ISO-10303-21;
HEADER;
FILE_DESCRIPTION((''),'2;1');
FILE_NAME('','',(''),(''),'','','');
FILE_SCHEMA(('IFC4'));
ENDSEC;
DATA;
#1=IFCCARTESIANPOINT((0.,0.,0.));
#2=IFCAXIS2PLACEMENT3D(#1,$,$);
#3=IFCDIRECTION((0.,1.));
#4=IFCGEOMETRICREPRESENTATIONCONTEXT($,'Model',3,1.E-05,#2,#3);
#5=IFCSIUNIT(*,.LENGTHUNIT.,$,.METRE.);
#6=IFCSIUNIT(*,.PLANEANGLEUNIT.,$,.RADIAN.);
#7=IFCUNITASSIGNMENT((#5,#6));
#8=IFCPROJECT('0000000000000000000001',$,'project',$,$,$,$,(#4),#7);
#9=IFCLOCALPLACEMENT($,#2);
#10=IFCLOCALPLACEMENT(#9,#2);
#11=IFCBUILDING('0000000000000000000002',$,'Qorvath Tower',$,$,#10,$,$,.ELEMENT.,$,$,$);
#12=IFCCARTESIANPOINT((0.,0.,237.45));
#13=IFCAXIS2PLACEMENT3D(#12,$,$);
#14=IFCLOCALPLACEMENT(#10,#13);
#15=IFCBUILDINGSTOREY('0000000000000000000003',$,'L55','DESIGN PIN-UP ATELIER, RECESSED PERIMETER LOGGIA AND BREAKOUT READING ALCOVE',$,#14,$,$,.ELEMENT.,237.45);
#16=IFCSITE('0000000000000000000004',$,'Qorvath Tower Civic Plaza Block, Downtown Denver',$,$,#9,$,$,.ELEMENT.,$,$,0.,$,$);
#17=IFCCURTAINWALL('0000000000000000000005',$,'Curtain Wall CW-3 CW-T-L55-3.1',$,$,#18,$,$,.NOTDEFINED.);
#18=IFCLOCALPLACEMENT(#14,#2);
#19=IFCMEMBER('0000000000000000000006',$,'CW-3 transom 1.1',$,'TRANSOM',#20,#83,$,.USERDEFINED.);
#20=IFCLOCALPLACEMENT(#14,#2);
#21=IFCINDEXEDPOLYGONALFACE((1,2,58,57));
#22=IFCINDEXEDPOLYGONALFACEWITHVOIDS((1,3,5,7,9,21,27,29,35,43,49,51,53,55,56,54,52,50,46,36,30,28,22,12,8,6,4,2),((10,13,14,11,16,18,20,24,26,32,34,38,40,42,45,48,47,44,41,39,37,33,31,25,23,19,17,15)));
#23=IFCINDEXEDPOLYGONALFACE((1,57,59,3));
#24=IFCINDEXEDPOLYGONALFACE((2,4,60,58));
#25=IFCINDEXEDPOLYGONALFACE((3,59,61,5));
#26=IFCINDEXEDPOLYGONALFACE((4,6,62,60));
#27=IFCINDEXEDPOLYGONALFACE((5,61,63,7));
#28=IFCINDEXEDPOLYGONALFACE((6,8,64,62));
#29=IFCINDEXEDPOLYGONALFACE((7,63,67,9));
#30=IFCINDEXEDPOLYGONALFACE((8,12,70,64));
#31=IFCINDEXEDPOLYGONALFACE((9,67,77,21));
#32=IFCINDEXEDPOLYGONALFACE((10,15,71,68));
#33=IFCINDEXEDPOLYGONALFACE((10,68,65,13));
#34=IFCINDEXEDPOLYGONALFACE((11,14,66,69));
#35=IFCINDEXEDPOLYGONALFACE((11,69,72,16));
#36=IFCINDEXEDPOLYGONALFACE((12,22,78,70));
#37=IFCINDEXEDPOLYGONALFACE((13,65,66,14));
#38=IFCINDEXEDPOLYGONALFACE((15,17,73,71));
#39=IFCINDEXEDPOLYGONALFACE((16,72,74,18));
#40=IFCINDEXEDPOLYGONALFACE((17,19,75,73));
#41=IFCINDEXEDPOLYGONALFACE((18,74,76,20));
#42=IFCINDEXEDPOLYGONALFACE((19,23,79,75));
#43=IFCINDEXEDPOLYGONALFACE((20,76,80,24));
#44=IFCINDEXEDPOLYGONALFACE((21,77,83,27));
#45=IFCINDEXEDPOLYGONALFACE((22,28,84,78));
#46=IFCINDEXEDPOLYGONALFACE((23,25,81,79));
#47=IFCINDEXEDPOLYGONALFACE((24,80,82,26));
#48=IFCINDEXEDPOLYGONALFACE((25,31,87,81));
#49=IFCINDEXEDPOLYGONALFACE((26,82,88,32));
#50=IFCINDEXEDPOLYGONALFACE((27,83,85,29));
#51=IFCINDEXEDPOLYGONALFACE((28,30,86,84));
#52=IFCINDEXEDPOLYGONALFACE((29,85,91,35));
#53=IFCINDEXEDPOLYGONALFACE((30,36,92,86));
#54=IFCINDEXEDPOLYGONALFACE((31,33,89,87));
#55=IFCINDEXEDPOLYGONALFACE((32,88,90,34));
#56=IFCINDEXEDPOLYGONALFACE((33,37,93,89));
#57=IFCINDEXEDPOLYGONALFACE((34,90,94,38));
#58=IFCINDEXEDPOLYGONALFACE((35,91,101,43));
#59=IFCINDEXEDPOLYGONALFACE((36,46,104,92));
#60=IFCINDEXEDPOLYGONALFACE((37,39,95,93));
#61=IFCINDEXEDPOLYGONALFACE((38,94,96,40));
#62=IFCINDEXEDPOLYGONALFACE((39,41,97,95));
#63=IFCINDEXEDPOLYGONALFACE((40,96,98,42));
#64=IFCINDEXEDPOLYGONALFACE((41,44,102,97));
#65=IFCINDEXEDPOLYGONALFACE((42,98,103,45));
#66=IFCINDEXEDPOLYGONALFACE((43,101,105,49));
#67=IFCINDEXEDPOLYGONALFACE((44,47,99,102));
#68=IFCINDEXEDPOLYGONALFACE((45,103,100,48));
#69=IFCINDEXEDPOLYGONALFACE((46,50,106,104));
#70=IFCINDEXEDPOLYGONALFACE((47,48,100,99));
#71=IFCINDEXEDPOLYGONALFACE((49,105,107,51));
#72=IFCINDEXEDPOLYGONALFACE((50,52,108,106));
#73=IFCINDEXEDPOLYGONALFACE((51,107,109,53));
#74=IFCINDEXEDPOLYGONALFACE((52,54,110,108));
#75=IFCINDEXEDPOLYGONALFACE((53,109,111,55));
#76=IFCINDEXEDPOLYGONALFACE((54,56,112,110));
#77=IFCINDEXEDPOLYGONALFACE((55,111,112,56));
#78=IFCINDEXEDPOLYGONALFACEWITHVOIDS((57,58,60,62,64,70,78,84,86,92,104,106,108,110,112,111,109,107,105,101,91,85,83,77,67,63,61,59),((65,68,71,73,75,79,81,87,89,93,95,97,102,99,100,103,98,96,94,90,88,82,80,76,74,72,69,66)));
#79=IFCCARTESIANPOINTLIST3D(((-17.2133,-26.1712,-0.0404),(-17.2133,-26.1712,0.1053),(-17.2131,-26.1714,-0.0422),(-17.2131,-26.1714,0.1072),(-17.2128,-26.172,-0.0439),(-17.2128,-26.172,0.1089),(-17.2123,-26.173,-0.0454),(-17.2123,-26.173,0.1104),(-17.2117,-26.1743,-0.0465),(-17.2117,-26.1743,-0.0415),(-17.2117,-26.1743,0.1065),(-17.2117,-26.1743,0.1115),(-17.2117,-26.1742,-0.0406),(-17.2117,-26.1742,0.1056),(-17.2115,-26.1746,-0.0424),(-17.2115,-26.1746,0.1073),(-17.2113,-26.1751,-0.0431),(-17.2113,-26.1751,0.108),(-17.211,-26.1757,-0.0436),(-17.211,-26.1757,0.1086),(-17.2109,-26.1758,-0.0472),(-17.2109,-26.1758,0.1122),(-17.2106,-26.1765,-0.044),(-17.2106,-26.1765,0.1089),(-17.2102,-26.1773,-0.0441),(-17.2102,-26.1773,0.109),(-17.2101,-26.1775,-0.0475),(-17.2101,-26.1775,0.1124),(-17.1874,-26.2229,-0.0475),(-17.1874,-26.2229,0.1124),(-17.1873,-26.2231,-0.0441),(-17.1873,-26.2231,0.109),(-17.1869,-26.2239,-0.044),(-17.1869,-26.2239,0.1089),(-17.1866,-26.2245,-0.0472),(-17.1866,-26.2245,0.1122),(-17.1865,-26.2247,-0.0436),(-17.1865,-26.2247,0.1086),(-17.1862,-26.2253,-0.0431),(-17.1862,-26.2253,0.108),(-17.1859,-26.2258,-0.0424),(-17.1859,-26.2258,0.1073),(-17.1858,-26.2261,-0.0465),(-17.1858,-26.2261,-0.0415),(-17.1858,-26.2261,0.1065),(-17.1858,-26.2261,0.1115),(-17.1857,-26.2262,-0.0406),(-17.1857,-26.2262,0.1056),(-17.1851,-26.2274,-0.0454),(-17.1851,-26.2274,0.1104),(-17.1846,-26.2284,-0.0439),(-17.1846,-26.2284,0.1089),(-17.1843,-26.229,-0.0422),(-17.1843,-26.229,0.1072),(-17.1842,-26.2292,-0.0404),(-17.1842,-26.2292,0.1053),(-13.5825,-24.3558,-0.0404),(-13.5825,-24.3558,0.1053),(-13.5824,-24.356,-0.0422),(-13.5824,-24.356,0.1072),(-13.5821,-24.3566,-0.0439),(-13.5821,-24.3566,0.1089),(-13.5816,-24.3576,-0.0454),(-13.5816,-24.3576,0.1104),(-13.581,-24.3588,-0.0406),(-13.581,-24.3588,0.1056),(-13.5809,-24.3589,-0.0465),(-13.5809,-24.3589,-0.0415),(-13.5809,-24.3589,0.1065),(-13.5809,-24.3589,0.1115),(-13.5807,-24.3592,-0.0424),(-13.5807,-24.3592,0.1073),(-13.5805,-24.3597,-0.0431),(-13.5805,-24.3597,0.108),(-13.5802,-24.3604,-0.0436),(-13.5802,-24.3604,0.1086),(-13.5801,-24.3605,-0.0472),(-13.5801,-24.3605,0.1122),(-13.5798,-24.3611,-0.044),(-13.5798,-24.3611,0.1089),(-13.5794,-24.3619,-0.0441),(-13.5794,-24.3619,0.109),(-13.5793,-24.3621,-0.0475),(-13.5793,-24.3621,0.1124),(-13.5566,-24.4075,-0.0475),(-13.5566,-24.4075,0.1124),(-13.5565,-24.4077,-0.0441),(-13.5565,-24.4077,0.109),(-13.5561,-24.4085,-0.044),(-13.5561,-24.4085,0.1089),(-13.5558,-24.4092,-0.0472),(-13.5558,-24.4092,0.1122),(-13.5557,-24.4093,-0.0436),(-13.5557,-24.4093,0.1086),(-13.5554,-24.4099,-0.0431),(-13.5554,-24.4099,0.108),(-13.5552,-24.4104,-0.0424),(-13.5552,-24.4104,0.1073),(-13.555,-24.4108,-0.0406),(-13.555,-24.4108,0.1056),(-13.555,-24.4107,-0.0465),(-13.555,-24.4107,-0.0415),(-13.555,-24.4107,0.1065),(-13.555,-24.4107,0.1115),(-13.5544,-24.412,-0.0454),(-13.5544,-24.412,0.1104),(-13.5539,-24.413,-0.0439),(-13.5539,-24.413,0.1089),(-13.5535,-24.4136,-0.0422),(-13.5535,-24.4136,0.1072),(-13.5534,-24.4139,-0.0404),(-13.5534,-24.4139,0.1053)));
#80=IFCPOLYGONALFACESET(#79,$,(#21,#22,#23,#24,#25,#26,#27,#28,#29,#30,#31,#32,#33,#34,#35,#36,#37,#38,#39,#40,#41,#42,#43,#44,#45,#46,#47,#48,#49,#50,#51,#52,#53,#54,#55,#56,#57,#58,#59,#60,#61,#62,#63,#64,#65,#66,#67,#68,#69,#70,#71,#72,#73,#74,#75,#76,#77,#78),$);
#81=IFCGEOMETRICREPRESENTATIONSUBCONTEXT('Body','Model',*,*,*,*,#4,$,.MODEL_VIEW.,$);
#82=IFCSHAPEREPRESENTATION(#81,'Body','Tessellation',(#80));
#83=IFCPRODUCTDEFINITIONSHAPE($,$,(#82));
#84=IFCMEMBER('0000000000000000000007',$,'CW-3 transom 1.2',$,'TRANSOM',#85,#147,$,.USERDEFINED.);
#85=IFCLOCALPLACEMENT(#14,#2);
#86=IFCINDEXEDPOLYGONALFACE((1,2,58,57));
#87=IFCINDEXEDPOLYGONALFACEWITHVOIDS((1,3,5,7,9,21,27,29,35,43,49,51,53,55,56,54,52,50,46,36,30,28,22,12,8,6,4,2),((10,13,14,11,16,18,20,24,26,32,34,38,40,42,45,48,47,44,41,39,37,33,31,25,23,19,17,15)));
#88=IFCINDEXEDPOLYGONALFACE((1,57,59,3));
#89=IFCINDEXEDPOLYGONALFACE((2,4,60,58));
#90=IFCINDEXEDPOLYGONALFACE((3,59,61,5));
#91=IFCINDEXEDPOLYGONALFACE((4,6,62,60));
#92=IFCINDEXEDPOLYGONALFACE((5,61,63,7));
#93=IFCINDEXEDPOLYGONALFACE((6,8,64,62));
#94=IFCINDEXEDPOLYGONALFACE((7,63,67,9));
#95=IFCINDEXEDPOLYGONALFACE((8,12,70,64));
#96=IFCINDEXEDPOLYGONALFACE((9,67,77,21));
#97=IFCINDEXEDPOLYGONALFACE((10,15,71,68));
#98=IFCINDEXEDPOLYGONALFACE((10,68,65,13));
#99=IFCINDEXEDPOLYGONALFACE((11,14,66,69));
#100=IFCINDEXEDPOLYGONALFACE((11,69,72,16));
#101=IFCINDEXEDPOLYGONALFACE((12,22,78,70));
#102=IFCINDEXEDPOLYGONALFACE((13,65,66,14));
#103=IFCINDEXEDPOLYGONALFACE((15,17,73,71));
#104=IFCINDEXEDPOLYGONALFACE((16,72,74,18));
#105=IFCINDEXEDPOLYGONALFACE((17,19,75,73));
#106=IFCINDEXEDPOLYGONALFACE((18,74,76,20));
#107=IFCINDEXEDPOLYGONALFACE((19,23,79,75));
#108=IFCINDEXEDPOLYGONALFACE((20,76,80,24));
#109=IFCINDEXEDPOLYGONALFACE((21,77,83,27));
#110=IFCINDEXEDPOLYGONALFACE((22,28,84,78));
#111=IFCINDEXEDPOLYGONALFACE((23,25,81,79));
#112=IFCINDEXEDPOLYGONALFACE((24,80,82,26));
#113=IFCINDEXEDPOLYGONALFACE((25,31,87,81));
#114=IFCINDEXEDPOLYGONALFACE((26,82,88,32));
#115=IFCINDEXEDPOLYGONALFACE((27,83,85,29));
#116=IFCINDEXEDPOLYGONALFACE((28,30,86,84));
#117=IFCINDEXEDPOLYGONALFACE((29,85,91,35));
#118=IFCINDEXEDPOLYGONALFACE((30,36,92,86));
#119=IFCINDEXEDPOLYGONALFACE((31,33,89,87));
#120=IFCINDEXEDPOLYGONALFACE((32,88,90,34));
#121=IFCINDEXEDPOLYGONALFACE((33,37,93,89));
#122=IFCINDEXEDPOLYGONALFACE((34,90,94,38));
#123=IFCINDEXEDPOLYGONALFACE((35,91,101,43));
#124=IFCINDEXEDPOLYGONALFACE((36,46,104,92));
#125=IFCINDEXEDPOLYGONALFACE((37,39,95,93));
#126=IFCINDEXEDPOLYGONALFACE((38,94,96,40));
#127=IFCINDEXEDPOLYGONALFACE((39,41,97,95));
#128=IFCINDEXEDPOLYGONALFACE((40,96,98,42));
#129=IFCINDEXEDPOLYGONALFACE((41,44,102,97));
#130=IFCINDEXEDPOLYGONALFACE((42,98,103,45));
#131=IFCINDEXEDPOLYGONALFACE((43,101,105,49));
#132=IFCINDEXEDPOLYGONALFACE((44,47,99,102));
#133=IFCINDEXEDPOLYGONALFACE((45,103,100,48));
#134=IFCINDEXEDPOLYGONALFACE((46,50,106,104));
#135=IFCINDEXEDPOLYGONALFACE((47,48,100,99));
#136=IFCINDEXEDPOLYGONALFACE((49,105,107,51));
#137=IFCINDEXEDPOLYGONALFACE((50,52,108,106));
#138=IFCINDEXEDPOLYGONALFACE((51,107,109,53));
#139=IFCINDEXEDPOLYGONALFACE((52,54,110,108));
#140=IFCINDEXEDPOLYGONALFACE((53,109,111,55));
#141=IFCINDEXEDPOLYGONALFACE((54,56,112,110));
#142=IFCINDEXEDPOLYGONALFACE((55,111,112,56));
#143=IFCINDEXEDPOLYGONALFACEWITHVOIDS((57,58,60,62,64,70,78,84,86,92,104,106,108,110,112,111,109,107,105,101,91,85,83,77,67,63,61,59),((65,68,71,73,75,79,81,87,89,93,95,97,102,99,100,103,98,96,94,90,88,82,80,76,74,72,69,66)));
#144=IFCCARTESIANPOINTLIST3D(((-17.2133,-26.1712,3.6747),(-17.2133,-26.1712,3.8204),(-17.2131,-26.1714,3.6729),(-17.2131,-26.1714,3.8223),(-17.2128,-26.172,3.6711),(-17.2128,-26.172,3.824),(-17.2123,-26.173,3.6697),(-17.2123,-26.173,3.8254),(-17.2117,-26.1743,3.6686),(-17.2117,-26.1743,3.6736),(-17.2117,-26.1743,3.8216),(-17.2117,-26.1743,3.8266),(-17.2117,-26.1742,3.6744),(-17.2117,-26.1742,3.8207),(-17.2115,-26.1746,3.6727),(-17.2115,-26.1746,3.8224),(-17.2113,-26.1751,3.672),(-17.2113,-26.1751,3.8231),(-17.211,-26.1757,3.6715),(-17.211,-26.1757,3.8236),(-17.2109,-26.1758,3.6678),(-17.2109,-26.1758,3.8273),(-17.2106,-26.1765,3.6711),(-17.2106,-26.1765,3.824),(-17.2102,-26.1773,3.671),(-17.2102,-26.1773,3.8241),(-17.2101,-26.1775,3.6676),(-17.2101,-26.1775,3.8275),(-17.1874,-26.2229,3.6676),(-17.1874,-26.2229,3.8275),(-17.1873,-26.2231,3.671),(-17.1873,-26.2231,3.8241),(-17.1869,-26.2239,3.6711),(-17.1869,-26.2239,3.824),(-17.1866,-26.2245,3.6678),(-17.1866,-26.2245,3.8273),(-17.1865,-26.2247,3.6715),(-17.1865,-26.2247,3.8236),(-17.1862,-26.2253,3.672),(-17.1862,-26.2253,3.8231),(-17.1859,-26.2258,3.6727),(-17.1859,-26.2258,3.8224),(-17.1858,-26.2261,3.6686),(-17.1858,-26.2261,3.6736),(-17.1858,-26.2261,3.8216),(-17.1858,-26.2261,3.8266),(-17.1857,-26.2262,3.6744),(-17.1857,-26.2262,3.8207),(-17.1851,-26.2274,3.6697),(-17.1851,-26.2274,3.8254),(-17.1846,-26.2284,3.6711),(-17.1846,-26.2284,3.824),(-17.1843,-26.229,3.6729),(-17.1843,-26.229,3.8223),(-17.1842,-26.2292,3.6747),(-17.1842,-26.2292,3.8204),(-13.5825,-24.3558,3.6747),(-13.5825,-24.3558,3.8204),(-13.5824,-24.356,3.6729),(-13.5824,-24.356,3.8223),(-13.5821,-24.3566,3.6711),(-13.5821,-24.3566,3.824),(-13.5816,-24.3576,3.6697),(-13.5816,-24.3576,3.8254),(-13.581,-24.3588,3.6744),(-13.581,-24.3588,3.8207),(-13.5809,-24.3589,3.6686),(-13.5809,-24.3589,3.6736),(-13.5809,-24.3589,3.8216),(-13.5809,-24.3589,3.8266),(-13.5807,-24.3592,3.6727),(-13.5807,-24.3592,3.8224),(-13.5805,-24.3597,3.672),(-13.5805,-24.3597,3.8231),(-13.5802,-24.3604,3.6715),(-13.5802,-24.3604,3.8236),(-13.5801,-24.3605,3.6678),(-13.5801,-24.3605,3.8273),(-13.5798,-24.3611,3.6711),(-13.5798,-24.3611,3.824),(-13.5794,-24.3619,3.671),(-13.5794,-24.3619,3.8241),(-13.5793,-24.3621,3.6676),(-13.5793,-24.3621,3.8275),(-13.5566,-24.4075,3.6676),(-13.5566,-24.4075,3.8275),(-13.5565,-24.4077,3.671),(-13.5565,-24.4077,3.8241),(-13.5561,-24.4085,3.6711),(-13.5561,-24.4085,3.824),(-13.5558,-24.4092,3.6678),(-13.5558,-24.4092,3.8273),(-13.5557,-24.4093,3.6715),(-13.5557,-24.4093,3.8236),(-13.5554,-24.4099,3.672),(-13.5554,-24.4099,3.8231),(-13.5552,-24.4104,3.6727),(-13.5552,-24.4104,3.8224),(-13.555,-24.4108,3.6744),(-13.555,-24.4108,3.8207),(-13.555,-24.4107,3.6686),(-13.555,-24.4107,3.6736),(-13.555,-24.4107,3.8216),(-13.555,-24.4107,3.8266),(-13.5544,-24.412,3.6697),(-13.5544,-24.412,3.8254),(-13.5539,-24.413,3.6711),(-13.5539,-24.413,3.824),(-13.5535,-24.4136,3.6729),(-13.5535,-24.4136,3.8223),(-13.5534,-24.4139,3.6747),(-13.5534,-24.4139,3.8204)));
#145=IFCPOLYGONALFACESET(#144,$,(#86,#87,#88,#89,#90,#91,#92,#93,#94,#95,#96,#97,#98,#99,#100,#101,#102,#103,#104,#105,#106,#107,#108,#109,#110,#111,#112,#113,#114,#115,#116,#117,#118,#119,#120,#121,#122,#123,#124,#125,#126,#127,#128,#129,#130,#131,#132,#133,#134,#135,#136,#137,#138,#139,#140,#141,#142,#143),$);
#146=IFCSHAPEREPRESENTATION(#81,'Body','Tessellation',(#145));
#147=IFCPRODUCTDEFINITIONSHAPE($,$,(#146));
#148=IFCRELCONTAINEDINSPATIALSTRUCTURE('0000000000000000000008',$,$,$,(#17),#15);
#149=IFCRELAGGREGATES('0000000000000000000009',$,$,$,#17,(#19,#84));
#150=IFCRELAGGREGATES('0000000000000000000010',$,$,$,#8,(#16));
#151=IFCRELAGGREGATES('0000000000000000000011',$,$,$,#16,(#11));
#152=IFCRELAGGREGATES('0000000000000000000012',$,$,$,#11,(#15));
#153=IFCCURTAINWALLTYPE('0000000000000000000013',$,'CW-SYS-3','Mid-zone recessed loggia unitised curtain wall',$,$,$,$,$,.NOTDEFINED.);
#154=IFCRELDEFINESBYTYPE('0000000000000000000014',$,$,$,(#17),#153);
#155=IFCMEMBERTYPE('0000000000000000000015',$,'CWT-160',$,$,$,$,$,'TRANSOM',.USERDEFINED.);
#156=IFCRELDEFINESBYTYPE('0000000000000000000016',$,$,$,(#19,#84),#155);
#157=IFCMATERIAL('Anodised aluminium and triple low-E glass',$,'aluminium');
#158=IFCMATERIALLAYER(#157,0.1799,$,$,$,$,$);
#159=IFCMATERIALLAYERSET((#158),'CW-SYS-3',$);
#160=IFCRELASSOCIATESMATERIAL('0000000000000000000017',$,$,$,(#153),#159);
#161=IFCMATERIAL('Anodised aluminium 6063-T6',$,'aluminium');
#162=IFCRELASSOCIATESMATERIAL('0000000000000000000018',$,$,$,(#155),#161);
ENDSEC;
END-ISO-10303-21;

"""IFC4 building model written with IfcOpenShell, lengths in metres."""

from ifc_helpers import new_model, si_unit, direction, frame, origin, origin_2d, place, context, subcontext, project, spatial, hollow_rectangle, extrude, material, layer, layer_set, material_profile, profile_set, type_object, element, aggregate, save


model = new_model("IFC4")

# Units and contexts
model_context = context("Model", 3, precision=1e-05, world=origin(), true_north=direction((0.0, 1.0)))
body_context = subcontext(model_context, "Body", "Model", "MODEL_VIEW")
ifc_project = project(units=[si_unit("LENGTHUNIT", "METRE"), si_unit("PLANEANGLEUNIT", "RADIAN")], contexts=[model_context])

# Site, building, storey
site_placement = place(None, origin())
site = spatial("IfcSite", under=ifc_project, at=site_placement, Name="Qorvath Tower Civic Plaza Block, Downtown Denver", CompositionType="ELEMENT", RefElevation=0.0)
building_placement = place(site_placement, origin())
building = spatial("IfcBuilding", under=site, at=building_placement, Name="Qorvath Tower", CompositionType="ELEMENT")
storey_placement = place(building_placement, frame((0.0, 0.0, 237.45)))
storey = spatial("IfcBuildingStorey", under=building, at=storey_placement, Name="L55", Description="DESIGN PIN-UP ATELIER, RECESSED PERIMETER LOGGIA AND BREAKOUT READING ALCOVE", CompositionType="ELEMENT", Elevation=237.45)

# Shared definitions
ifc_material_1 = material(Name="Anodised aluminium and triple low-E glass", Category="aluminium")
ifc_layer_1 = layer(ifc_material_1, 0.1799)
ifc_layer_set_1 = layer_set([ifc_layer_1], Name="CW-SYS-3")
curtain_wall_type = type_object("IfcCurtainWallType", Name="CW-SYS-3", Description="Mid-zone recessed loggia unitised curtain wall", PredefinedType="NOTDEFINED", material=ifc_layer_set_1)

# Curtain wall
curtain_wall_1_placement = place(storey_placement, origin())
curtain_wall_1 = element("IfcCurtainWall", 1, at=curtain_wall_1_placement, inside=storey, type_object=curtain_wall_type, Name="Curtain Wall CW-3 CW-T-L55-3.1", PredefinedType="NOTDEFINED")

# Members
ifc_material_2 = material(Name="Anodised aluminium 6063-T6", Category="aluminium")
ifc_material_profile_1 = material_profile(ifc_material_2, hollow_rectangle(XDim=0.0649, YDim=0.1599, WallThickness=0.0034, InnerFilletRadius=0.0034, OuterFilletRadius=0.0071, at=origin_2d()), Name="CWT 160x65")
ifc_profile_set_1 = profile_set([ifc_material_profile_1], Name="Anodised aluminium 6063-T6")
member_type_1 = type_object("IfcMemberType", Name="CWT-160", ElementType="TRANSOM", PredefinedType="USERDEFINED", material=ifc_profile_set_1)
member_1_placement = place(storey_placement, frame((-17.1987, -26.2002, 0.0325), z_axis=(0.894427, 0.447214, 0.0), x_axis=(-0.447214, 0.894427, 0.0)))
member_1 = element("IfcMember", 2, at=member_1_placement, type_object=member_type_1, Name="CW-3 transom 1.1", ObjectType="TRANSOM", PredefinedType="USERDEFINED", context=body_context, shape_type="SweptSolid", body=[
    extrude(hollow_rectangle(XDim=0.0649, YDim=0.1599, WallThickness=0.0034, InnerFilletRadius=0.0034, OuterFilletRadius=0.0071, at=origin_2d()), origin(), (0.0, 0.0, 1.0), 4.0593),
])
member_2_placement = place(storey_placement, frame((-17.1987, -26.2002, 3.7476), z_axis=(0.894427, 0.447214, 0.0), x_axis=(-0.447214, 0.894427, 0.0)))
member_2 = element("IfcMember", 3, at=member_2_placement, type_object=member_type_1, Name="CW-3 transom 1.2", ObjectType="TRANSOM", PredefinedType="USERDEFINED", context=body_context, shape_type="SweptSolid", body=[
    extrude(hollow_rectangle(XDim=0.0649, YDim=0.1599, WallThickness=0.0034, InnerFilletRadius=0.0034, OuterFilletRadius=0.0071, at=origin_2d()), origin(), (0.0, 0.0, 1.0), 4.0593),
])

aggregate(curtain_wall_1, [member_1, member_2])

save(model, "model.ifc")
